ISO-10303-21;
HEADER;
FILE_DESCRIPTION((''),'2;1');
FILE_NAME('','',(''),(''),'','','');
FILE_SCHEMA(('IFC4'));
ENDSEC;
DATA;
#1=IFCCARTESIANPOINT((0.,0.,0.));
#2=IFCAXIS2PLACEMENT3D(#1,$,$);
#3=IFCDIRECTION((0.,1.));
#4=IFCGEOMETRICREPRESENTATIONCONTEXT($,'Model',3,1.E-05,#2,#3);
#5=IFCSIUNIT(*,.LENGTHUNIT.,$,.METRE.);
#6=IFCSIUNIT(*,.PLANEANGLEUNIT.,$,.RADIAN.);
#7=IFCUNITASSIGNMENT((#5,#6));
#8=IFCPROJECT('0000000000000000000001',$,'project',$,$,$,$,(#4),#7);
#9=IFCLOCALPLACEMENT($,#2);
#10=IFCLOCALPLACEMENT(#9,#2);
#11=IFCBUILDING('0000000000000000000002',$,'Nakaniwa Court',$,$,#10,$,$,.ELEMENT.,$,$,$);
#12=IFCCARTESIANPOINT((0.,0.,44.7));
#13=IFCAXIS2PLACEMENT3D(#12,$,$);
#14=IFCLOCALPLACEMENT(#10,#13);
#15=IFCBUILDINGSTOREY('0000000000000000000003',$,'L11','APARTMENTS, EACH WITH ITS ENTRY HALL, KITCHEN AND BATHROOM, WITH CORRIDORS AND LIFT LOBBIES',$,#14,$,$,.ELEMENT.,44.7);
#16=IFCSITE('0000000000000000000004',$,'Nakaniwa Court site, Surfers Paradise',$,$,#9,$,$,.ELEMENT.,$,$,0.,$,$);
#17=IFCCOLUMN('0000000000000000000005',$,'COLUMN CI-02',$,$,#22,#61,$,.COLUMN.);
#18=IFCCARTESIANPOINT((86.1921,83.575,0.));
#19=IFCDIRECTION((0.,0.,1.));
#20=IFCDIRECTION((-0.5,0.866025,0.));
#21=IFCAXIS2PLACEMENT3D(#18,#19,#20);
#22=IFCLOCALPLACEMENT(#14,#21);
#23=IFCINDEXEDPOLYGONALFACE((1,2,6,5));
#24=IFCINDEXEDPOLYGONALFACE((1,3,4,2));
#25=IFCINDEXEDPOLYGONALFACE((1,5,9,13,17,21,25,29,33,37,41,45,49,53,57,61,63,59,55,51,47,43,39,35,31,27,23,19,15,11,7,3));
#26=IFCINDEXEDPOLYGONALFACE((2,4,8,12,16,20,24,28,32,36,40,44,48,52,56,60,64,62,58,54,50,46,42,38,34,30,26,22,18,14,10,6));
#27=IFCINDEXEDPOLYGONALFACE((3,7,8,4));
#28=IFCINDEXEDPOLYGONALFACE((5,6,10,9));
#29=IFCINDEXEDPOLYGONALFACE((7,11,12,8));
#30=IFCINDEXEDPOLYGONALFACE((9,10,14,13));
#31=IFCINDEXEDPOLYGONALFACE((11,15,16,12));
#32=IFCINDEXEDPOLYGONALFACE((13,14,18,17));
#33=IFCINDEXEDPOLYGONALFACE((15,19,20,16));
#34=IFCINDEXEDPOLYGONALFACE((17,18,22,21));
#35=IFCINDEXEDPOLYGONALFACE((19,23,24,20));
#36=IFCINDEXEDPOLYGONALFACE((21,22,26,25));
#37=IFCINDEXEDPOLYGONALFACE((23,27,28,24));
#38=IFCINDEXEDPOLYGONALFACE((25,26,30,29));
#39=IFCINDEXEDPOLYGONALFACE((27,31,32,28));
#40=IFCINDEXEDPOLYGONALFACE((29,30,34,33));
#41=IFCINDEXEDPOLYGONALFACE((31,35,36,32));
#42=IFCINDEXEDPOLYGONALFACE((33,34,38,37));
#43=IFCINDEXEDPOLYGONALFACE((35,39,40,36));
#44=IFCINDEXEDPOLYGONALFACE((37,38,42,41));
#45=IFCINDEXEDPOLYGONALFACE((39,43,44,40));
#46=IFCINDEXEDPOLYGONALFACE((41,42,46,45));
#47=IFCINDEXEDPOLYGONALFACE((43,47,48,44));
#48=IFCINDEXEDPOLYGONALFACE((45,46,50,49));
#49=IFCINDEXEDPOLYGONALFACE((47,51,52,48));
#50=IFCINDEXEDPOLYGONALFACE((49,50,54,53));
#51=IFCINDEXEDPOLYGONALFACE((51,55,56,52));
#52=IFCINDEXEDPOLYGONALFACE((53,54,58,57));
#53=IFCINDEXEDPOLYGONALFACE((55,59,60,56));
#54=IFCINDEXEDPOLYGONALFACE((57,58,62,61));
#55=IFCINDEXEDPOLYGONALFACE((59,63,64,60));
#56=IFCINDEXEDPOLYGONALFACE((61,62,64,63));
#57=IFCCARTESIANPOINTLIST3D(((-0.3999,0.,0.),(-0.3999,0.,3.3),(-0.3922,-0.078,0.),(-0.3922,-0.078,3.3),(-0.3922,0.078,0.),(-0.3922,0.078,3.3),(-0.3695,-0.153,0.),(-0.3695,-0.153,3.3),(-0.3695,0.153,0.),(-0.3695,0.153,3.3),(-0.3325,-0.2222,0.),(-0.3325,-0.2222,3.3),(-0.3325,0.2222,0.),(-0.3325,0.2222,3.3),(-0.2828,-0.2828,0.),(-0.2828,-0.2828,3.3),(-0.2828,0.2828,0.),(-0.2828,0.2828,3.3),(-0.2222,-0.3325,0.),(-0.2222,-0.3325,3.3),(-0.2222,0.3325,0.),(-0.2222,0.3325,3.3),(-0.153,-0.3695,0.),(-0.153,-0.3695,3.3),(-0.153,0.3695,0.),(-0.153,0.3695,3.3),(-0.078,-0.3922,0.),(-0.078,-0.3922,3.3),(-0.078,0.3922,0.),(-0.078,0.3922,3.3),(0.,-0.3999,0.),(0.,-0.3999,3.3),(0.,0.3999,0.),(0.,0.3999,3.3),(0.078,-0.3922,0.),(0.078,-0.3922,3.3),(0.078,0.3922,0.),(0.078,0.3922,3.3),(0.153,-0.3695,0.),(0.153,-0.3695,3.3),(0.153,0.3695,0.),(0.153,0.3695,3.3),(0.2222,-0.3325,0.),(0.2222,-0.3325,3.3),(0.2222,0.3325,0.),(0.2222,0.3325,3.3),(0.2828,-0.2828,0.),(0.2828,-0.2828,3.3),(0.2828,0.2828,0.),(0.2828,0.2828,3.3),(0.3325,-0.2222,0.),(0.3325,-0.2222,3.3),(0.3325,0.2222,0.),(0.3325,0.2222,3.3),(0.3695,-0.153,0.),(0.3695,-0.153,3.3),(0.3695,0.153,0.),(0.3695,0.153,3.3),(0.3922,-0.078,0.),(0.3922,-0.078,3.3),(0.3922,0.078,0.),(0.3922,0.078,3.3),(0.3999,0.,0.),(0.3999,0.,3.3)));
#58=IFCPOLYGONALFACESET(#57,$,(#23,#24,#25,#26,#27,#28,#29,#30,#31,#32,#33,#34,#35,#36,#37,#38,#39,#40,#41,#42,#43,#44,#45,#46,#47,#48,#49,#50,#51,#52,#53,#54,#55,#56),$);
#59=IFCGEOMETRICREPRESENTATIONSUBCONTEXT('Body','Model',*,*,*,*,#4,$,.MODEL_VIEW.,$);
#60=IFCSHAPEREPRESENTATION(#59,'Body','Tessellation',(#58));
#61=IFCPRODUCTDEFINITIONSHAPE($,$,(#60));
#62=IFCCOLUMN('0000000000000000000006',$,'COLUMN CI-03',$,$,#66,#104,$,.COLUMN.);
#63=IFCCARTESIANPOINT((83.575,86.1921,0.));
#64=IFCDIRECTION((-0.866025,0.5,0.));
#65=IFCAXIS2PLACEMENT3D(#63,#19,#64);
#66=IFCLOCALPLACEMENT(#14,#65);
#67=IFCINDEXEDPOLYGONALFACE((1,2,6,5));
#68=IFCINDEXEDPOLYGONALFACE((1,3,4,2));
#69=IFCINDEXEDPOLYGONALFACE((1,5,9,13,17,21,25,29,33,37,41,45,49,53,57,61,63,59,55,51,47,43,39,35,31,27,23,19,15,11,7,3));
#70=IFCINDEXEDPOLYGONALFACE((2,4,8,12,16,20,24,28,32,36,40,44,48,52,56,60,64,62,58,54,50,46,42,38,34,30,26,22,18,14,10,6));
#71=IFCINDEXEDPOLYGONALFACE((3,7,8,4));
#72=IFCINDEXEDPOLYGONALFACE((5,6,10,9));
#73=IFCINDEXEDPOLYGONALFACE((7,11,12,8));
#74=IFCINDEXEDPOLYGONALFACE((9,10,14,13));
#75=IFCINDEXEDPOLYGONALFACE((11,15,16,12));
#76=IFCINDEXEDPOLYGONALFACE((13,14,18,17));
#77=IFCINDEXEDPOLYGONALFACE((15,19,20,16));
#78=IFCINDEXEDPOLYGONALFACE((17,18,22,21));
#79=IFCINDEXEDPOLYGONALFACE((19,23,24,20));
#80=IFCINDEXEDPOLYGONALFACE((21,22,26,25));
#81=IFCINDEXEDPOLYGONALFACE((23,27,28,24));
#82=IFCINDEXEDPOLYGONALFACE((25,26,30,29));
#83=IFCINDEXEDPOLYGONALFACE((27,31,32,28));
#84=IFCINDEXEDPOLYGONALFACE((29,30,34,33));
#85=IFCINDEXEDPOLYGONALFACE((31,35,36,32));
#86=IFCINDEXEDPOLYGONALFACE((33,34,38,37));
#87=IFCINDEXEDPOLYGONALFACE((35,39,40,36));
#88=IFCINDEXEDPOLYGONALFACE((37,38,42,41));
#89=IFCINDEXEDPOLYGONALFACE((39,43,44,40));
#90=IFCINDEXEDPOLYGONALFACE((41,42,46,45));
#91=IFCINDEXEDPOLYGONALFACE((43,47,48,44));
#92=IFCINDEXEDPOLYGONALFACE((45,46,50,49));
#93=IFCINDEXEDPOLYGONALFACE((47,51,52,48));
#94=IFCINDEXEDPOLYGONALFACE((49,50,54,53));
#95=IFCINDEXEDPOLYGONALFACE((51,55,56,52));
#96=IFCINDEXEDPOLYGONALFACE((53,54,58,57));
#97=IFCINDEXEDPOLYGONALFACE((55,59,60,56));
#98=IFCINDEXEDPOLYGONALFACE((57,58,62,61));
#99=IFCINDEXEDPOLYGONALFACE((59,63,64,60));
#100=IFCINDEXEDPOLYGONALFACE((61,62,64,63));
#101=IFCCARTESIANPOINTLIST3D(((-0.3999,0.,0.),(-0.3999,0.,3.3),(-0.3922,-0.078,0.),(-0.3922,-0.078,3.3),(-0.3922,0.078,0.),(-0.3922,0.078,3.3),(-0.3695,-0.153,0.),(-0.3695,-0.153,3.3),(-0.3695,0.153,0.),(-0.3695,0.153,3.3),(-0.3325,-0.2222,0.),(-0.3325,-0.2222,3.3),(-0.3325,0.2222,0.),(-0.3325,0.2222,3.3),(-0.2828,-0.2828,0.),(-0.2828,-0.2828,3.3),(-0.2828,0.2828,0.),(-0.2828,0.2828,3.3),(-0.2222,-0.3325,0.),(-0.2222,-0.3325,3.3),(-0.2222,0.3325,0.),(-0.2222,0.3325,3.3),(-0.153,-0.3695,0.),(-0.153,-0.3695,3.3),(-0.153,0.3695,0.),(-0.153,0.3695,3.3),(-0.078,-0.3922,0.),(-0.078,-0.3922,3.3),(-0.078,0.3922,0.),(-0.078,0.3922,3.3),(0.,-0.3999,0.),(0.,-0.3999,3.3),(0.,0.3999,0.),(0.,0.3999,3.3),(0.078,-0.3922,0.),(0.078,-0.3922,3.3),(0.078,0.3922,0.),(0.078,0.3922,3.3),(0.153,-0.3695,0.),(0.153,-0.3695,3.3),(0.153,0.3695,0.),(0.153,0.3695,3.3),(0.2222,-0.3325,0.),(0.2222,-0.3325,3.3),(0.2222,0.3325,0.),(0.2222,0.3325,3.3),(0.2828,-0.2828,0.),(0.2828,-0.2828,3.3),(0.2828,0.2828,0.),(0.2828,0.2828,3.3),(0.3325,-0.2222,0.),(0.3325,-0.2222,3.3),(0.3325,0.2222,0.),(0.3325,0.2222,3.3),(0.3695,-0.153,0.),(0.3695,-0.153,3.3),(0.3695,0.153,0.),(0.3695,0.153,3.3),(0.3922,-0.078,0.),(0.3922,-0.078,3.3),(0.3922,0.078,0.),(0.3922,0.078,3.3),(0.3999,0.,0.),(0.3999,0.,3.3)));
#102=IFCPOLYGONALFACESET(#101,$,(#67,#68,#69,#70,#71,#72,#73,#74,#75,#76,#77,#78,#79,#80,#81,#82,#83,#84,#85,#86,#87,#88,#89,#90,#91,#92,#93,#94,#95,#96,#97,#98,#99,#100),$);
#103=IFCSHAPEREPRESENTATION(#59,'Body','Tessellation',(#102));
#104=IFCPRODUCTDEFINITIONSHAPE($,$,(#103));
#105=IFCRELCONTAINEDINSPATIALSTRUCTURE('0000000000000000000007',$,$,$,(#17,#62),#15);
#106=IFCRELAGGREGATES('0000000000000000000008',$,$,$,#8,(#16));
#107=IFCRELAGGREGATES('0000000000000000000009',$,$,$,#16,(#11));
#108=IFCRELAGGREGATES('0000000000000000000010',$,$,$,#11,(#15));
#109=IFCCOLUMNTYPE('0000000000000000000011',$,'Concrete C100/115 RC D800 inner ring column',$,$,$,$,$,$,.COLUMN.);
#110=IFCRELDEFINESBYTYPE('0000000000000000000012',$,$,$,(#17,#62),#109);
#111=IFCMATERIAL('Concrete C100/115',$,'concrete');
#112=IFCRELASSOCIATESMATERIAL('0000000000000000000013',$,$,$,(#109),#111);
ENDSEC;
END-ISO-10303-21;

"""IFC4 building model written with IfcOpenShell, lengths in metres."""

from ifc_helpers import new_model, si_unit, direction, frame, origin, origin_2d, place, context, subcontext, project, spatial, circle, extrude, material, material_profile, profile_set, type_object, element, save


model = new_model("IFC4")

# Units and contexts
model_context = context("Model", 3, precision=1e-05, world=origin(), true_north=direction((0.0, 1.0)))
body_context = subcontext(model_context, "Body", "Model", "MODEL_VIEW")
ifc_project = project(units=[si_unit("LENGTHUNIT", "METRE"), si_unit("PLANEANGLEUNIT", "RADIAN")], contexts=[model_context])

# Site, building, storey
site_placement = place(None, origin())
site = spatial("IfcSite", under=ifc_project, at=site_placement, Name="Nakaniwa Court site, Surfers Paradise", CompositionType="ELEMENT", RefElevation=0.0)
building_placement = place(site_placement, origin())
building = spatial("IfcBuilding", under=site, at=building_placement, Name="Nakaniwa Court", CompositionType="ELEMENT")
storey_placement = place(building_placement, frame((0.0, 0.0, 44.7)))
storey = spatial("IfcBuildingStorey", under=building, at=storey_placement, Name="L11", Description="APARTMENTS, EACH WITH ITS ENTRY HALL, KITCHEN AND BATHROOM, WITH CORRIDORS AND LIFT LOBBIES", CompositionType="ELEMENT", Elevation=44.7)

# Columns
ifc_material_1 = material(Name="Concrete C100/115", Category="concrete")
ifc_material_profile_1 = material_profile(ifc_material_1, circle(Radius=0.3999, at=origin_2d()), Name="Concrete C100/115 RC D800 inner ring column")
ifc_profile_set_1 = profile_set([ifc_material_profile_1], Name="Concrete C100/115")
column_type = type_object("IfcColumnType", Name="Concrete C100/115 RC D800 inner ring column", PredefinedType="COLUMN", material=ifc_profile_set_1)
for number, where, z_axis, x_axis, name in (
    (1, (86.1921, 83.575, 0.0), (0.0, 0.0, 1.0), (-0.5, 0.866025, 0.0), "COLUMN CI-02"),
    (2, (83.575, 86.1921, 0.0), (0.0, 0.0, 1.0), (-0.866025, 0.5, 0.0), "COLUMN CI-03"),
):
    element("IfcColumn", number, at=place(storey_placement, frame(where, z_axis=z_axis, x_axis=x_axis)), inside=storey, type_object=column_type, Name=name, PredefinedType="COLUMN", context=body_context, shape_type="SweptSolid", body=[
        extrude(circle(Radius=0.3999, at=origin_2d()), origin(), (0.0, 0.0, 1.0), 3.3),
    ])

save(model, "model.ifc")
